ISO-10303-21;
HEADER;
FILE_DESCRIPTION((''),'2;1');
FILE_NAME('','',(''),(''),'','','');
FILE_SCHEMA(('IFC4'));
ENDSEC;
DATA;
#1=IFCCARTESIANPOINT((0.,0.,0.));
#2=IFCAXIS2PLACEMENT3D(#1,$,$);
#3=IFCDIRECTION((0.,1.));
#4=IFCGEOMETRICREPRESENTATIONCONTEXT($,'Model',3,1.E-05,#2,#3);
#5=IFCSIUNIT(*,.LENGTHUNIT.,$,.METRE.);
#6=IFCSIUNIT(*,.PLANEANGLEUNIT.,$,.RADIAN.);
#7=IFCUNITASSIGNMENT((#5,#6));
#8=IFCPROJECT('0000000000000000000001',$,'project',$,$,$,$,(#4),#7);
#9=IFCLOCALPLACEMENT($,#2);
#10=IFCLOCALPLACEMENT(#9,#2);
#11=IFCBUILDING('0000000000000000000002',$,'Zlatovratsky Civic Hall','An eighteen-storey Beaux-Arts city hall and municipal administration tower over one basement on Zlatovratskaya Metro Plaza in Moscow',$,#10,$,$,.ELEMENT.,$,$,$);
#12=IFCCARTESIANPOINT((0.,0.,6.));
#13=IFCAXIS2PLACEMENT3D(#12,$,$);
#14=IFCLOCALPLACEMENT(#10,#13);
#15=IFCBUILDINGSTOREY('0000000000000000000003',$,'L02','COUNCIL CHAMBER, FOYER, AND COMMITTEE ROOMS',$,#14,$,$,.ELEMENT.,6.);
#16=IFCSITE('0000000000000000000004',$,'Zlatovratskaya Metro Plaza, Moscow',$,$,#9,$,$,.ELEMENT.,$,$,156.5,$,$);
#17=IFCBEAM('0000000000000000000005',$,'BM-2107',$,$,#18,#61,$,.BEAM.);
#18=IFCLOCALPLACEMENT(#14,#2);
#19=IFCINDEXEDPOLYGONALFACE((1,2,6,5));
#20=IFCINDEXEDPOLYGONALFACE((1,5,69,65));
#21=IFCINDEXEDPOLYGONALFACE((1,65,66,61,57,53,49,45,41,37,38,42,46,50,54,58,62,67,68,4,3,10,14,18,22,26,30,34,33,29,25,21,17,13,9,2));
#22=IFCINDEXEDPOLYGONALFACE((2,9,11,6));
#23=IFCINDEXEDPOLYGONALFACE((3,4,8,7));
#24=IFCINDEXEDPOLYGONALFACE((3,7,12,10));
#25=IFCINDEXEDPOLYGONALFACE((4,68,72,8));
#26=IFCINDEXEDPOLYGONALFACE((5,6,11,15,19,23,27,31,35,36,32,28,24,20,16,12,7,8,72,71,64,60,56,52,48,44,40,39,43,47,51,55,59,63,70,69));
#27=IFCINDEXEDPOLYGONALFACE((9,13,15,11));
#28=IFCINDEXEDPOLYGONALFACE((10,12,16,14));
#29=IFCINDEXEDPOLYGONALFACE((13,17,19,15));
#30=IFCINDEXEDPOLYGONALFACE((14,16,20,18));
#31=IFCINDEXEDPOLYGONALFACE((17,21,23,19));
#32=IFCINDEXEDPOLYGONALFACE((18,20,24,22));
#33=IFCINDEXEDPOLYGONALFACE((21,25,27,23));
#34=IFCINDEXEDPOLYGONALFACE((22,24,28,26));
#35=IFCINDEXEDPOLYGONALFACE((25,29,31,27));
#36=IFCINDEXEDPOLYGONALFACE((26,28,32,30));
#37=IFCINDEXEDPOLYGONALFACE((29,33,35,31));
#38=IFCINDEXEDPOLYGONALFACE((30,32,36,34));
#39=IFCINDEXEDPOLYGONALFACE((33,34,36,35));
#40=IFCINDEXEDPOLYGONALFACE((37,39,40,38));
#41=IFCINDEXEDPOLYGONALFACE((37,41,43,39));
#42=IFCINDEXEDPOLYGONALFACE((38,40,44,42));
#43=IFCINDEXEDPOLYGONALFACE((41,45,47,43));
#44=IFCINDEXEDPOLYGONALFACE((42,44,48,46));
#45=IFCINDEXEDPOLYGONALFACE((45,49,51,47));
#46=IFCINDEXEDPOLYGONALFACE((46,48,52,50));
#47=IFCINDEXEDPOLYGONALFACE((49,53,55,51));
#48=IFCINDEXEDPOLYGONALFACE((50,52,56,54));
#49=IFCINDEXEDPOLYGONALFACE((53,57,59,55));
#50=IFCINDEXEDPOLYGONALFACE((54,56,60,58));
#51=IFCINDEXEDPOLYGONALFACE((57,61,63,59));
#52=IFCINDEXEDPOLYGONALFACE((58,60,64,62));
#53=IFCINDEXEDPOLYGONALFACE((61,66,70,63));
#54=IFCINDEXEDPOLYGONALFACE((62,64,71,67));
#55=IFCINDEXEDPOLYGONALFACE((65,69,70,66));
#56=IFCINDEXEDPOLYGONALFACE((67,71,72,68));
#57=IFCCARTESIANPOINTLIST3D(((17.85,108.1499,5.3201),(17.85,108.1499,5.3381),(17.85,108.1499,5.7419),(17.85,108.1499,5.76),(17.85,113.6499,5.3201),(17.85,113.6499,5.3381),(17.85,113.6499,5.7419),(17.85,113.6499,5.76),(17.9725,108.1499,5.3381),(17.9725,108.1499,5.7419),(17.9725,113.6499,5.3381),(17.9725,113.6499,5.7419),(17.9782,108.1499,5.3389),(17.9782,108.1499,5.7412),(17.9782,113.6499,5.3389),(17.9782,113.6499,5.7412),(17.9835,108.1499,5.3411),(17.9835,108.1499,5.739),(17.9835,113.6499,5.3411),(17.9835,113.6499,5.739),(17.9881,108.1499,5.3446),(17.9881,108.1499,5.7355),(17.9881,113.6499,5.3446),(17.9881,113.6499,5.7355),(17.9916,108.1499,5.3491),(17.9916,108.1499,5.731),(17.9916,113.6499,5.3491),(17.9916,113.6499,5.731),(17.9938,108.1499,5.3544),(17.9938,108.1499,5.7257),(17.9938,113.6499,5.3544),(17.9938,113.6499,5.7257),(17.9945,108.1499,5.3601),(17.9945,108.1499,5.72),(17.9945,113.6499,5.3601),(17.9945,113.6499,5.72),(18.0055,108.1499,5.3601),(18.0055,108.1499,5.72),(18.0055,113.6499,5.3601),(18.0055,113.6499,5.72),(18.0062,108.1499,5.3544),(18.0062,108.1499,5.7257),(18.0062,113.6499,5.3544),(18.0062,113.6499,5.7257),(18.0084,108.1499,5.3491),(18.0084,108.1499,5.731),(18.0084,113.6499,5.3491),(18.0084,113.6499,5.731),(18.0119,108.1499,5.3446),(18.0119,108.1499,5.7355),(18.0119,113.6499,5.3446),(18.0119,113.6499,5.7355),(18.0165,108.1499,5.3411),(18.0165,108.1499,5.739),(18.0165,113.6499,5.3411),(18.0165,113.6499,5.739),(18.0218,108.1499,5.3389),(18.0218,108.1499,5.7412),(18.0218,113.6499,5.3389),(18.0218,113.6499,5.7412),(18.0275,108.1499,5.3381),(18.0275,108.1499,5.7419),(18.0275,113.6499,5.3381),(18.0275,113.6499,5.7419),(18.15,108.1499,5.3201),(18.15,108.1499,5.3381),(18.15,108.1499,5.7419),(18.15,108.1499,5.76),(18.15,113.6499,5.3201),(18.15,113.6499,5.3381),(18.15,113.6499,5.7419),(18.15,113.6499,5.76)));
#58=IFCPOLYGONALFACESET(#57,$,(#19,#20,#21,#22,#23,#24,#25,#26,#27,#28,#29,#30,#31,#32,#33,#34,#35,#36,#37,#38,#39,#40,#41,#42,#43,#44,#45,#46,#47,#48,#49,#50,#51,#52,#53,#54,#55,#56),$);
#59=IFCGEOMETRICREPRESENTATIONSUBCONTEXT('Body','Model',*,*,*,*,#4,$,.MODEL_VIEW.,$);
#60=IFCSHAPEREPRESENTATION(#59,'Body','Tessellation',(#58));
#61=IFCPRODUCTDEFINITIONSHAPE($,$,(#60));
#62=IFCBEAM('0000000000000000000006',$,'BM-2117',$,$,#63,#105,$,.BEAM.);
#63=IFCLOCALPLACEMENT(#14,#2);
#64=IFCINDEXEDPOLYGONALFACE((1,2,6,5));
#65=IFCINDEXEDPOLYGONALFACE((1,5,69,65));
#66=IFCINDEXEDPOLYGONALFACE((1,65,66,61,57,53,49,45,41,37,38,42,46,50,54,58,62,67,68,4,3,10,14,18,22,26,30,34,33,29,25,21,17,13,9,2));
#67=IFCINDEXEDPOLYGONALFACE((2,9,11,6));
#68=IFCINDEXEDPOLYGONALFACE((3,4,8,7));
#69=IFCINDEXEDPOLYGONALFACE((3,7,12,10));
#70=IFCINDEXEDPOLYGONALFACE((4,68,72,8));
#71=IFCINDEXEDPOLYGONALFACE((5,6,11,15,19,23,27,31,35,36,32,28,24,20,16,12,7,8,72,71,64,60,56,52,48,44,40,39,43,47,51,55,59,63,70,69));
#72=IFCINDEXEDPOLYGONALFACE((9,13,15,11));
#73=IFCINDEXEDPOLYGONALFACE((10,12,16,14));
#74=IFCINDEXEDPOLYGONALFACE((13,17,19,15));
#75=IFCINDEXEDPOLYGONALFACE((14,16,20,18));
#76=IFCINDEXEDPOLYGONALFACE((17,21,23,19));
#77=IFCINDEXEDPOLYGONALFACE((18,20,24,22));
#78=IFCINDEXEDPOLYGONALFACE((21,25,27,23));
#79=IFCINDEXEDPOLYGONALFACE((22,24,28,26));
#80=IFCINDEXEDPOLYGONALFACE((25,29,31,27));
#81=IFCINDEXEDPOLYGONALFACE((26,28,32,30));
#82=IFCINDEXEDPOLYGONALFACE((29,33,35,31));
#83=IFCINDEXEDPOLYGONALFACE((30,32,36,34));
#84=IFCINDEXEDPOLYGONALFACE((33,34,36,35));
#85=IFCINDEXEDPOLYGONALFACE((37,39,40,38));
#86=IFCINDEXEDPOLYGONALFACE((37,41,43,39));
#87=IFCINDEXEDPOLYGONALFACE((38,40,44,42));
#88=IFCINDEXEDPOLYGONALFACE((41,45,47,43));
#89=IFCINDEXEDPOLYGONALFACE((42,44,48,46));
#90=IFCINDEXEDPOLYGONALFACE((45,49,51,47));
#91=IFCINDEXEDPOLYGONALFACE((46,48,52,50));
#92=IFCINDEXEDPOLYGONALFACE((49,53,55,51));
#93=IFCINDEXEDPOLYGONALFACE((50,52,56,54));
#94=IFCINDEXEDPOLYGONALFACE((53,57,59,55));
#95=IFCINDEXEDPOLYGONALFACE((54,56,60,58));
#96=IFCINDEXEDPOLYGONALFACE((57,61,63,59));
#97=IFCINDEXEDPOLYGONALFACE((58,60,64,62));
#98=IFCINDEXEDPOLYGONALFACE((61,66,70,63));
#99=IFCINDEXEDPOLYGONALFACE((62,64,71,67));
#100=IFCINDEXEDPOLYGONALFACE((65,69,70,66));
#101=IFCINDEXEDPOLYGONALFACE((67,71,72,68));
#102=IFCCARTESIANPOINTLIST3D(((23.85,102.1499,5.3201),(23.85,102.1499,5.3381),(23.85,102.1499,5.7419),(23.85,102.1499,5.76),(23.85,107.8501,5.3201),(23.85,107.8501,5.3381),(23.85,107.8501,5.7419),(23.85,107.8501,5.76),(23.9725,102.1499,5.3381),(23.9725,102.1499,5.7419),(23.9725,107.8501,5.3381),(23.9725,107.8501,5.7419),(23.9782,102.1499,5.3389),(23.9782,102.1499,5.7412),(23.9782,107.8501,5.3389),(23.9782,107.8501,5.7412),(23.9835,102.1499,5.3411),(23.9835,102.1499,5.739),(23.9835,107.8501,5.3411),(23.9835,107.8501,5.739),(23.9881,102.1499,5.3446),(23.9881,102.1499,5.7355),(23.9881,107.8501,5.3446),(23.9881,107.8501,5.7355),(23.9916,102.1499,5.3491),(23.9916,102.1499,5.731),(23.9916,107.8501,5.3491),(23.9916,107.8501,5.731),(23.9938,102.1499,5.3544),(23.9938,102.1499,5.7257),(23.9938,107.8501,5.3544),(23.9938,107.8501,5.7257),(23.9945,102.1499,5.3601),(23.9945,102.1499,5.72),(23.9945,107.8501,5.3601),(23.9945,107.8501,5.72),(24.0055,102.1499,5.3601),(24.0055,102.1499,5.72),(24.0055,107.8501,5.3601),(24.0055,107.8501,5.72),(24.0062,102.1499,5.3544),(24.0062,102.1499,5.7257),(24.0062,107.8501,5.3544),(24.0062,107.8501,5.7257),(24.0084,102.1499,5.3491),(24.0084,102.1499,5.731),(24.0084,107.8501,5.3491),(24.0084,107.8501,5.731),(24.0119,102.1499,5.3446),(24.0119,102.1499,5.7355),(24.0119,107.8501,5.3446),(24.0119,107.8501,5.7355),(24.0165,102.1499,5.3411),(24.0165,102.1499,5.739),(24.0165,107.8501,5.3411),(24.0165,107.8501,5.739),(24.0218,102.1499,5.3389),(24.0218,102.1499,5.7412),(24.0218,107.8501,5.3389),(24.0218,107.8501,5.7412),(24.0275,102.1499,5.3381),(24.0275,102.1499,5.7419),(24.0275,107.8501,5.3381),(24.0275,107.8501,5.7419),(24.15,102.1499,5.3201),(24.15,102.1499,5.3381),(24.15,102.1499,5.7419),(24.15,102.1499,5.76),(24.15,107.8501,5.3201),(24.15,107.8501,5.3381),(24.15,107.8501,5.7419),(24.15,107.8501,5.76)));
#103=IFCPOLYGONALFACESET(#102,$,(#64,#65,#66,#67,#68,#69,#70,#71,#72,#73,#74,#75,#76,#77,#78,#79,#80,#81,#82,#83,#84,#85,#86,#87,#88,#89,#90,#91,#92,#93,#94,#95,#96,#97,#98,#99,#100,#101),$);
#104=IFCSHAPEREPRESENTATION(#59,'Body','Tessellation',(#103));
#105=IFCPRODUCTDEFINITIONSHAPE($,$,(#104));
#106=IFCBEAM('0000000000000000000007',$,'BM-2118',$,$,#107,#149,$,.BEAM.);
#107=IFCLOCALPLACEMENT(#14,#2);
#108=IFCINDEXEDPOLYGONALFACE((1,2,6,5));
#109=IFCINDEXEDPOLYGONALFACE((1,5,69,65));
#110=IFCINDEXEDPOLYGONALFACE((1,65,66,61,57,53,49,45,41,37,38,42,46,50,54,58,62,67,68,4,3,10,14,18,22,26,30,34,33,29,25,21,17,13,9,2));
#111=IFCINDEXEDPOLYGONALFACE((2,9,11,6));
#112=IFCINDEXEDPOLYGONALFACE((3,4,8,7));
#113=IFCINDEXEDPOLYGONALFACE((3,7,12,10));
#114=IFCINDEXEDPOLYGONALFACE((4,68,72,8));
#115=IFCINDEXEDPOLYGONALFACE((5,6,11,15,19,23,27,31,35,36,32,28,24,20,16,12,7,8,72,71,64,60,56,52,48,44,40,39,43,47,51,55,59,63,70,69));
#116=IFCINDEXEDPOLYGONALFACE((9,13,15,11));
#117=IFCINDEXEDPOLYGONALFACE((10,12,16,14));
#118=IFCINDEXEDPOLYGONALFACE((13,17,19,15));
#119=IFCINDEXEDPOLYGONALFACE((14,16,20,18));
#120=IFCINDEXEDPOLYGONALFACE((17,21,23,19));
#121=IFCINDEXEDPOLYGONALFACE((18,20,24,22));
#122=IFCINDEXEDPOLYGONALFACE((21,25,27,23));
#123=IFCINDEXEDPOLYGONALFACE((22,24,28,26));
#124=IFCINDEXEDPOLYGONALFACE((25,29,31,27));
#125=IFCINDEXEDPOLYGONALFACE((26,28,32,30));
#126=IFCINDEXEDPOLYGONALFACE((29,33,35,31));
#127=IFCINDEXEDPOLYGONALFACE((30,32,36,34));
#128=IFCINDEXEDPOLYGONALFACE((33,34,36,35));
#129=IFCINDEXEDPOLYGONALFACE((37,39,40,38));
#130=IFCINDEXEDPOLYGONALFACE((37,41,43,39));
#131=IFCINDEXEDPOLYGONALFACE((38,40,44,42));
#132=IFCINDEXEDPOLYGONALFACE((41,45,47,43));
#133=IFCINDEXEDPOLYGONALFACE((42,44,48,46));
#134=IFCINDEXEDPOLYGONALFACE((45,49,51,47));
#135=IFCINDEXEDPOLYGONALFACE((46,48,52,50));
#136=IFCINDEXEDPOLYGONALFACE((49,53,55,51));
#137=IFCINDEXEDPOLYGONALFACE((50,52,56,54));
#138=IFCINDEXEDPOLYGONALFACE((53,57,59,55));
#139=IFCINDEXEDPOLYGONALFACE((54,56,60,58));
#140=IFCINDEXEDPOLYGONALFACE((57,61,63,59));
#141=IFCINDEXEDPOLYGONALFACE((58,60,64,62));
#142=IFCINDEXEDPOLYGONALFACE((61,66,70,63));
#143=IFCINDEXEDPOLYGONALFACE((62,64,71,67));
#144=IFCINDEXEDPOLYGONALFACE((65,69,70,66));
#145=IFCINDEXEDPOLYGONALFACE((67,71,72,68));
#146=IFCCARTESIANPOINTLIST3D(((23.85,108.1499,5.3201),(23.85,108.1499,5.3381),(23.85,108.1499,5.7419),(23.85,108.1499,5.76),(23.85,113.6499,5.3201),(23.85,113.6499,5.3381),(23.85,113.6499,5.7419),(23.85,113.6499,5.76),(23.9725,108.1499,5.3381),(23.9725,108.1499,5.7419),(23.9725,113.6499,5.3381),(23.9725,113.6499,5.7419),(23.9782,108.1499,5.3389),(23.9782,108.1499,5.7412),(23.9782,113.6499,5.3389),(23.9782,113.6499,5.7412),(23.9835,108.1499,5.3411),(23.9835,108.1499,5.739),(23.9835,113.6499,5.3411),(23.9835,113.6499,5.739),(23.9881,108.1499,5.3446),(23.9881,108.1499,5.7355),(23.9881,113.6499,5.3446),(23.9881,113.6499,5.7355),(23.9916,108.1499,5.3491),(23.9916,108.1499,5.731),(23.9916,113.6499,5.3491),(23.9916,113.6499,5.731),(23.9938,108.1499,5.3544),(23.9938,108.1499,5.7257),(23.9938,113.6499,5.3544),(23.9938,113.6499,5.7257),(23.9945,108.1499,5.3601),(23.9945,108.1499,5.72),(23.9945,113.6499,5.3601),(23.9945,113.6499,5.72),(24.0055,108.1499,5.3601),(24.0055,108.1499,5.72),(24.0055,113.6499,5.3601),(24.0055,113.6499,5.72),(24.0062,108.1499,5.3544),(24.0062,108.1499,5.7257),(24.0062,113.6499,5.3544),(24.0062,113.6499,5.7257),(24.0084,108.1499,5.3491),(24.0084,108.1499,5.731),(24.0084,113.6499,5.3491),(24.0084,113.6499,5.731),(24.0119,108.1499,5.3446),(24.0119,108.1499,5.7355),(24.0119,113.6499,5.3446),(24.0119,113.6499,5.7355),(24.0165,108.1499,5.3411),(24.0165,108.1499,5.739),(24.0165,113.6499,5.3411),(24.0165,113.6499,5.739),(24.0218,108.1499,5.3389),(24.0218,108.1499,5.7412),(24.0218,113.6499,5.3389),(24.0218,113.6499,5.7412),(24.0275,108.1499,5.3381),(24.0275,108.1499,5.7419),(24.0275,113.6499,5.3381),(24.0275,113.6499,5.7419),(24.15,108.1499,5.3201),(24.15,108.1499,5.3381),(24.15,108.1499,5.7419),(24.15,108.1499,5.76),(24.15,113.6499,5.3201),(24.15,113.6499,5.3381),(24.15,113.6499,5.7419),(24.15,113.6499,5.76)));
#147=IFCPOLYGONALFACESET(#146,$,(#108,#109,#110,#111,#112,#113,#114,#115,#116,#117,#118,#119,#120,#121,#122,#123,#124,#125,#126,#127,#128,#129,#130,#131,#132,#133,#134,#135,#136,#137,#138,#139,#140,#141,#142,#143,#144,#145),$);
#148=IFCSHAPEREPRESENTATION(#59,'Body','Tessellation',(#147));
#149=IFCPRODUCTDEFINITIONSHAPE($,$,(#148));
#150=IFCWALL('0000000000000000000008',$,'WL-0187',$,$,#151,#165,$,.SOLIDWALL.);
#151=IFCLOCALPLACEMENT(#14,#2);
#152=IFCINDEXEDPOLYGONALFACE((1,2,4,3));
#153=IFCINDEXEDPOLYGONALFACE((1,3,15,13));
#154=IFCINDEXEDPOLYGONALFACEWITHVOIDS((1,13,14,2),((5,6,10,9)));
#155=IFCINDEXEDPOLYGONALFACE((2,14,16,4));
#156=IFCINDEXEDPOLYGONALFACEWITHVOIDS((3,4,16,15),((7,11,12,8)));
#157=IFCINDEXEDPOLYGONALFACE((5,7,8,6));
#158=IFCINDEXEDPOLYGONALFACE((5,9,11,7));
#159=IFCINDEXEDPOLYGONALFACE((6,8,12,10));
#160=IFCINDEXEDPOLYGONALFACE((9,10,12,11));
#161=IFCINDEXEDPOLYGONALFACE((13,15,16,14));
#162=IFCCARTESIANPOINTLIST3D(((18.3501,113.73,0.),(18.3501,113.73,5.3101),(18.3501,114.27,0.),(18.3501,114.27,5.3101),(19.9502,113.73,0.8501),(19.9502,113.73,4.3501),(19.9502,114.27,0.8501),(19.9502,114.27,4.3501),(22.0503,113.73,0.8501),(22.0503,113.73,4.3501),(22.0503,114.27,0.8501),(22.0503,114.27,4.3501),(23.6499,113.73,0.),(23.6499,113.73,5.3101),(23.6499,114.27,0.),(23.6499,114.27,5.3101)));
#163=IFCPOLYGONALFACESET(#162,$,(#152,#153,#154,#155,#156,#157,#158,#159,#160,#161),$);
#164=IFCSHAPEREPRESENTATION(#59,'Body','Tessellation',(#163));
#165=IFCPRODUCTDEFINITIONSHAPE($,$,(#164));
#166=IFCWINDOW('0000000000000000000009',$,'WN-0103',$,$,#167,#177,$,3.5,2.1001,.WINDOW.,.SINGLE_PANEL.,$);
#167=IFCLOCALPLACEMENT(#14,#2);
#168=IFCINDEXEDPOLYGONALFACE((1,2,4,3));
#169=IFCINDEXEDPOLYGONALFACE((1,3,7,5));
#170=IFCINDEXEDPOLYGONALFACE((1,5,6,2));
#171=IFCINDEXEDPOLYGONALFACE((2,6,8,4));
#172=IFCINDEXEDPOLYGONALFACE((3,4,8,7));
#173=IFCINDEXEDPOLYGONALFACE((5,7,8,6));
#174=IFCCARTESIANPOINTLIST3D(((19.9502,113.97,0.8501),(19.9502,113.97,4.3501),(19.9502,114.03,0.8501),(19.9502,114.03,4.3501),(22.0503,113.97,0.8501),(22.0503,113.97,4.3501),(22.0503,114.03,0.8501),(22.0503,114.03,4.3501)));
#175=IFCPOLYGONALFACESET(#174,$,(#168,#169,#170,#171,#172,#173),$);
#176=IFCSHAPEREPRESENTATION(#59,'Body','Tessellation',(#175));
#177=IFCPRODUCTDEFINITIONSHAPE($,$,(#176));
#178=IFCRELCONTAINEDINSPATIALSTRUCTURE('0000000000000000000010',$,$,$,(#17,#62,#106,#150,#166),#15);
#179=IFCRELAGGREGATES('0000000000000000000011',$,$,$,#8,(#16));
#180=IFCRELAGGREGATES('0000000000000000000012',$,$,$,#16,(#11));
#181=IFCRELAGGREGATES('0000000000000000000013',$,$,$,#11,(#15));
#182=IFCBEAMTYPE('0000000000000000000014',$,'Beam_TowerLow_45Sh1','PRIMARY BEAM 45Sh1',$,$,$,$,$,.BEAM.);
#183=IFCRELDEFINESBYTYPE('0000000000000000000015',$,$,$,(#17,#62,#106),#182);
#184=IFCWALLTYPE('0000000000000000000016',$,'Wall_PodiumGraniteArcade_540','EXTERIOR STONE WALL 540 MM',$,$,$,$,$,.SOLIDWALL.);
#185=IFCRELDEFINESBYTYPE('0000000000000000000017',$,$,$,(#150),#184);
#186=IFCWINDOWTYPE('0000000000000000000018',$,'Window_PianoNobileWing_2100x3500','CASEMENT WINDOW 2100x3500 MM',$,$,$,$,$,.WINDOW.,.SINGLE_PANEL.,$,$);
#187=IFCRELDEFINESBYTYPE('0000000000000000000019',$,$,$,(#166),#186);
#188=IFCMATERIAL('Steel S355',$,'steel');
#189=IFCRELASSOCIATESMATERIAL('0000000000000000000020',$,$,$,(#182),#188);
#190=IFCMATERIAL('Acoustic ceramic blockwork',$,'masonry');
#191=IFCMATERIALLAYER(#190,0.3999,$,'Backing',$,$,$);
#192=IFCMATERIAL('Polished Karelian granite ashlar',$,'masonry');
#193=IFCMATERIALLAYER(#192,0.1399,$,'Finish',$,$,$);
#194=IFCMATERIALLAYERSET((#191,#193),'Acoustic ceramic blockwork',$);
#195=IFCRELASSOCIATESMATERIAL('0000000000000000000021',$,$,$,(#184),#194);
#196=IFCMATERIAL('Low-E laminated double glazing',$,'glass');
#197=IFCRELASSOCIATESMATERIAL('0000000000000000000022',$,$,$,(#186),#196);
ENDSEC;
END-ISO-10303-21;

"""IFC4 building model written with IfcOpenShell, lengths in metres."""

from ifc_helpers import new_model, si_unit, direction, frame, frame_2d, origin, origin_2d, place, context, subcontext, project, spatial, rectangle, i_section, extrude, material, layer, layer_set, material_profile, profile_set, type_object, element, fill, save


model = new_model("IFC4")

# Units and contexts
model_context = context("Model", 3, precision=1e-05, world=origin(), true_north=direction((0.0, 1.0)))
body_context = subcontext(model_context, "Body", "Model", "MODEL_VIEW")
ifc_project = project(units=[si_unit("LENGTHUNIT", "METRE"), si_unit("PLANEANGLEUNIT", "RADIAN")], contexts=[model_context])

# Site, building, storey
site_placement = place(None, origin())
site = spatial("IfcSite", under=ifc_project, at=site_placement, Name="Zlatovratskaya Metro Plaza, Moscow", CompositionType="ELEMENT", RefElevation=156.5)
building_placement = place(site_placement, origin())
building = spatial("IfcBuilding", under=site, at=building_placement, Name="Zlatovratsky Civic Hall", Description="An eighteen-storey Beaux-Arts city hall and municipal administration tower over one basement on Zlatovratskaya Metro Plaza in Moscow", CompositionType="ELEMENT")
storey_placement = place(building_placement, frame((0.0, 0.0, 6.0)))
storey = spatial("IfcBuildingStorey", under=building, at=storey_placement, Name="L02", Description="COUNCIL CHAMBER, FOYER, AND COMMITTEE ROOMS", CompositionType="ELEMENT", Elevation=6.0)

# Shared definitions
ifc_material_1 = material(Name="Steel S355", Category="steel")

# Beams
ifc_material_profile_1 = material_profile(ifc_material_1, i_section(OverallWidth=0.3, OverallDepth=0.4399, WebThickness=0.011, FlangeThickness=0.0181, FilletRadius=0.022, at=origin_2d()), Name="45Sh1")
ifc_profile_set_1 = profile_set([ifc_material_profile_1], Name="Steel S355")
beam_type_1 = type_object("IfcBeamType", Name="Beam_TowerLow_45Sh1", Description="PRIMARY BEAM 45Sh1", PredefinedType="BEAM", material=ifc_profile_set_1)
beam_1_placement = place(storey_placement, frame((18.0, 108.1499, 5.54), z_axis=(0.0, 1.0, 0.0), x_axis=(-1.0, 0.0, 0.0)))
element("IfcBeam", 1, at=beam_1_placement, inside=storey, type_object=beam_type_1, Name="BM-2107", PredefinedType="BEAM", context=body_context, shape_type="SweptSolid", body=[
    extrude(i_section(OverallWidth=0.3, OverallDepth=0.4399, WebThickness=0.011, FlangeThickness=0.0181, FilletRadius=0.022, at=origin_2d()), origin(), (0.0, 0.0, 1.0), 5.5),
])
beam_2_placement = place(storey_placement, frame((24.0, 102.1499, 5.54), z_axis=(0.0, 1.0, 0.0), x_axis=(-1.0, 0.0, 0.0)))
element("IfcBeam", 2, at=beam_2_placement, inside=storey, type_object=beam_type_1, Name="BM-2117", PredefinedType="BEAM", context=body_context, shape_type="SweptSolid", body=[
    extrude(i_section(OverallWidth=0.3, OverallDepth=0.4399, WebThickness=0.011, FlangeThickness=0.0181, FilletRadius=0.022, at=origin_2d()), origin(), (0.0, 0.0, 1.0), 5.7002),
])
beam_3_placement = place(storey_placement, frame((24.0, 108.1499, 5.54), z_axis=(0.0, 1.0, 0.0), x_axis=(-1.0, 0.0, 0.0)))
element("IfcBeam", 3, at=beam_3_placement, inside=storey, type_object=beam_type_1, Name="BM-2118", PredefinedType="BEAM", context=body_context, shape_type="SweptSolid", body=[
    extrude(i_section(OverallWidth=0.3, OverallDepth=0.4399, WebThickness=0.011, FlangeThickness=0.0181, FilletRadius=0.022, at=origin_2d()), origin(), (0.0, 0.0, 1.0), 5.5),
])

# Wall, opening, window
ifc_material_2 = material(Name="Acoustic ceramic blockwork", Category="masonry")
ifc_layer_1 = layer(ifc_material_2, 0.3999, Name="Backing")
ifc_material_3 = material(Name="Polished Karelian granite ashlar", Category="masonry")
ifc_layer_2 = layer(ifc_material_3, 0.1399, Name="Finish")
ifc_layer_set = layer_set([ifc_layer_1, ifc_layer_2], Name="Acoustic ceramic blockwork")
wall_type = type_object("IfcWallType", Name="Wall_PodiumGraniteArcade_540", Description="EXTERIOR STONE WALL 540 MM", PredefinedType="SOLIDWALL", material=ifc_layer_set)
wall_placement = place(storey_placement, frame((18.3501, 114.0, 0.0), z_axis=(0.0, 0.0, 1.0), x_axis=(1.0, 0.0, 0.0)))
wall = element("IfcWall", 4, at=wall_placement, inside=storey, type_object=wall_type, Name="WL-0187", PredefinedType="SOLIDWALL", context=body_context, shape_type="SweptSolid", body=[
    extrude(rectangle(XDim=5.2998, YDim=0.54, at=frame_2d((2.6499, 0.0))), origin(), (0.0, 0.0, 1.0), 5.3101),
])
opening_placement = place(wall_placement, frame((1.6001, 0.0, 0.8501)))
opening = element("IfcOpeningElement", 5, at=opening_placement, cuts=wall, PredefinedType="OPENING", context=body_context, shape_type="SweptSolid", body=[
    extrude(rectangle(XDim=2.1001, YDim=3.5, at=frame_2d((1.05, 1.75))), frame((0.0, 0.2849, 0.0), z_axis=(0.0, -1.0, 0.0), x_axis=(1.0, 0.0, 0.0)), (0.0, 0.0, 1.0), 0.5698),
])
ifc_material_4 = material(Name="Low-E laminated double glazing", Category="glass")
window_type = type_object("IfcWindowType", Name="Window_PianoNobileWing_2100x3500", Description="CASEMENT WINDOW 2100x3500 MM", PartitioningType="SINGLE_PANEL", PredefinedType="WINDOW", material=ifc_material_4)
window_placement = place(opening_placement, origin())
window = element("IfcWindow", 6, at=window_placement, inside=storey, type_object=window_type, Name="WN-0103", OverallHeight=3.5, OverallWidth=2.1001, PartitioningType="SINGLE_PANEL", PredefinedType="WINDOW", context=body_context, shape_type="SweptSolid", body=[
    extrude(rectangle(XDim=2.1001, YDim=3.5, at=frame_2d((1.05, 1.75))), frame((0.0, 0.03, 0.0), z_axis=(0.0, -1.0, 0.0), x_axis=(1.0, 0.0, 0.0)), (0.0, 0.0, 1.0), 0.0601),
])
fill(opening, window)

save(model, "model.ifc")
